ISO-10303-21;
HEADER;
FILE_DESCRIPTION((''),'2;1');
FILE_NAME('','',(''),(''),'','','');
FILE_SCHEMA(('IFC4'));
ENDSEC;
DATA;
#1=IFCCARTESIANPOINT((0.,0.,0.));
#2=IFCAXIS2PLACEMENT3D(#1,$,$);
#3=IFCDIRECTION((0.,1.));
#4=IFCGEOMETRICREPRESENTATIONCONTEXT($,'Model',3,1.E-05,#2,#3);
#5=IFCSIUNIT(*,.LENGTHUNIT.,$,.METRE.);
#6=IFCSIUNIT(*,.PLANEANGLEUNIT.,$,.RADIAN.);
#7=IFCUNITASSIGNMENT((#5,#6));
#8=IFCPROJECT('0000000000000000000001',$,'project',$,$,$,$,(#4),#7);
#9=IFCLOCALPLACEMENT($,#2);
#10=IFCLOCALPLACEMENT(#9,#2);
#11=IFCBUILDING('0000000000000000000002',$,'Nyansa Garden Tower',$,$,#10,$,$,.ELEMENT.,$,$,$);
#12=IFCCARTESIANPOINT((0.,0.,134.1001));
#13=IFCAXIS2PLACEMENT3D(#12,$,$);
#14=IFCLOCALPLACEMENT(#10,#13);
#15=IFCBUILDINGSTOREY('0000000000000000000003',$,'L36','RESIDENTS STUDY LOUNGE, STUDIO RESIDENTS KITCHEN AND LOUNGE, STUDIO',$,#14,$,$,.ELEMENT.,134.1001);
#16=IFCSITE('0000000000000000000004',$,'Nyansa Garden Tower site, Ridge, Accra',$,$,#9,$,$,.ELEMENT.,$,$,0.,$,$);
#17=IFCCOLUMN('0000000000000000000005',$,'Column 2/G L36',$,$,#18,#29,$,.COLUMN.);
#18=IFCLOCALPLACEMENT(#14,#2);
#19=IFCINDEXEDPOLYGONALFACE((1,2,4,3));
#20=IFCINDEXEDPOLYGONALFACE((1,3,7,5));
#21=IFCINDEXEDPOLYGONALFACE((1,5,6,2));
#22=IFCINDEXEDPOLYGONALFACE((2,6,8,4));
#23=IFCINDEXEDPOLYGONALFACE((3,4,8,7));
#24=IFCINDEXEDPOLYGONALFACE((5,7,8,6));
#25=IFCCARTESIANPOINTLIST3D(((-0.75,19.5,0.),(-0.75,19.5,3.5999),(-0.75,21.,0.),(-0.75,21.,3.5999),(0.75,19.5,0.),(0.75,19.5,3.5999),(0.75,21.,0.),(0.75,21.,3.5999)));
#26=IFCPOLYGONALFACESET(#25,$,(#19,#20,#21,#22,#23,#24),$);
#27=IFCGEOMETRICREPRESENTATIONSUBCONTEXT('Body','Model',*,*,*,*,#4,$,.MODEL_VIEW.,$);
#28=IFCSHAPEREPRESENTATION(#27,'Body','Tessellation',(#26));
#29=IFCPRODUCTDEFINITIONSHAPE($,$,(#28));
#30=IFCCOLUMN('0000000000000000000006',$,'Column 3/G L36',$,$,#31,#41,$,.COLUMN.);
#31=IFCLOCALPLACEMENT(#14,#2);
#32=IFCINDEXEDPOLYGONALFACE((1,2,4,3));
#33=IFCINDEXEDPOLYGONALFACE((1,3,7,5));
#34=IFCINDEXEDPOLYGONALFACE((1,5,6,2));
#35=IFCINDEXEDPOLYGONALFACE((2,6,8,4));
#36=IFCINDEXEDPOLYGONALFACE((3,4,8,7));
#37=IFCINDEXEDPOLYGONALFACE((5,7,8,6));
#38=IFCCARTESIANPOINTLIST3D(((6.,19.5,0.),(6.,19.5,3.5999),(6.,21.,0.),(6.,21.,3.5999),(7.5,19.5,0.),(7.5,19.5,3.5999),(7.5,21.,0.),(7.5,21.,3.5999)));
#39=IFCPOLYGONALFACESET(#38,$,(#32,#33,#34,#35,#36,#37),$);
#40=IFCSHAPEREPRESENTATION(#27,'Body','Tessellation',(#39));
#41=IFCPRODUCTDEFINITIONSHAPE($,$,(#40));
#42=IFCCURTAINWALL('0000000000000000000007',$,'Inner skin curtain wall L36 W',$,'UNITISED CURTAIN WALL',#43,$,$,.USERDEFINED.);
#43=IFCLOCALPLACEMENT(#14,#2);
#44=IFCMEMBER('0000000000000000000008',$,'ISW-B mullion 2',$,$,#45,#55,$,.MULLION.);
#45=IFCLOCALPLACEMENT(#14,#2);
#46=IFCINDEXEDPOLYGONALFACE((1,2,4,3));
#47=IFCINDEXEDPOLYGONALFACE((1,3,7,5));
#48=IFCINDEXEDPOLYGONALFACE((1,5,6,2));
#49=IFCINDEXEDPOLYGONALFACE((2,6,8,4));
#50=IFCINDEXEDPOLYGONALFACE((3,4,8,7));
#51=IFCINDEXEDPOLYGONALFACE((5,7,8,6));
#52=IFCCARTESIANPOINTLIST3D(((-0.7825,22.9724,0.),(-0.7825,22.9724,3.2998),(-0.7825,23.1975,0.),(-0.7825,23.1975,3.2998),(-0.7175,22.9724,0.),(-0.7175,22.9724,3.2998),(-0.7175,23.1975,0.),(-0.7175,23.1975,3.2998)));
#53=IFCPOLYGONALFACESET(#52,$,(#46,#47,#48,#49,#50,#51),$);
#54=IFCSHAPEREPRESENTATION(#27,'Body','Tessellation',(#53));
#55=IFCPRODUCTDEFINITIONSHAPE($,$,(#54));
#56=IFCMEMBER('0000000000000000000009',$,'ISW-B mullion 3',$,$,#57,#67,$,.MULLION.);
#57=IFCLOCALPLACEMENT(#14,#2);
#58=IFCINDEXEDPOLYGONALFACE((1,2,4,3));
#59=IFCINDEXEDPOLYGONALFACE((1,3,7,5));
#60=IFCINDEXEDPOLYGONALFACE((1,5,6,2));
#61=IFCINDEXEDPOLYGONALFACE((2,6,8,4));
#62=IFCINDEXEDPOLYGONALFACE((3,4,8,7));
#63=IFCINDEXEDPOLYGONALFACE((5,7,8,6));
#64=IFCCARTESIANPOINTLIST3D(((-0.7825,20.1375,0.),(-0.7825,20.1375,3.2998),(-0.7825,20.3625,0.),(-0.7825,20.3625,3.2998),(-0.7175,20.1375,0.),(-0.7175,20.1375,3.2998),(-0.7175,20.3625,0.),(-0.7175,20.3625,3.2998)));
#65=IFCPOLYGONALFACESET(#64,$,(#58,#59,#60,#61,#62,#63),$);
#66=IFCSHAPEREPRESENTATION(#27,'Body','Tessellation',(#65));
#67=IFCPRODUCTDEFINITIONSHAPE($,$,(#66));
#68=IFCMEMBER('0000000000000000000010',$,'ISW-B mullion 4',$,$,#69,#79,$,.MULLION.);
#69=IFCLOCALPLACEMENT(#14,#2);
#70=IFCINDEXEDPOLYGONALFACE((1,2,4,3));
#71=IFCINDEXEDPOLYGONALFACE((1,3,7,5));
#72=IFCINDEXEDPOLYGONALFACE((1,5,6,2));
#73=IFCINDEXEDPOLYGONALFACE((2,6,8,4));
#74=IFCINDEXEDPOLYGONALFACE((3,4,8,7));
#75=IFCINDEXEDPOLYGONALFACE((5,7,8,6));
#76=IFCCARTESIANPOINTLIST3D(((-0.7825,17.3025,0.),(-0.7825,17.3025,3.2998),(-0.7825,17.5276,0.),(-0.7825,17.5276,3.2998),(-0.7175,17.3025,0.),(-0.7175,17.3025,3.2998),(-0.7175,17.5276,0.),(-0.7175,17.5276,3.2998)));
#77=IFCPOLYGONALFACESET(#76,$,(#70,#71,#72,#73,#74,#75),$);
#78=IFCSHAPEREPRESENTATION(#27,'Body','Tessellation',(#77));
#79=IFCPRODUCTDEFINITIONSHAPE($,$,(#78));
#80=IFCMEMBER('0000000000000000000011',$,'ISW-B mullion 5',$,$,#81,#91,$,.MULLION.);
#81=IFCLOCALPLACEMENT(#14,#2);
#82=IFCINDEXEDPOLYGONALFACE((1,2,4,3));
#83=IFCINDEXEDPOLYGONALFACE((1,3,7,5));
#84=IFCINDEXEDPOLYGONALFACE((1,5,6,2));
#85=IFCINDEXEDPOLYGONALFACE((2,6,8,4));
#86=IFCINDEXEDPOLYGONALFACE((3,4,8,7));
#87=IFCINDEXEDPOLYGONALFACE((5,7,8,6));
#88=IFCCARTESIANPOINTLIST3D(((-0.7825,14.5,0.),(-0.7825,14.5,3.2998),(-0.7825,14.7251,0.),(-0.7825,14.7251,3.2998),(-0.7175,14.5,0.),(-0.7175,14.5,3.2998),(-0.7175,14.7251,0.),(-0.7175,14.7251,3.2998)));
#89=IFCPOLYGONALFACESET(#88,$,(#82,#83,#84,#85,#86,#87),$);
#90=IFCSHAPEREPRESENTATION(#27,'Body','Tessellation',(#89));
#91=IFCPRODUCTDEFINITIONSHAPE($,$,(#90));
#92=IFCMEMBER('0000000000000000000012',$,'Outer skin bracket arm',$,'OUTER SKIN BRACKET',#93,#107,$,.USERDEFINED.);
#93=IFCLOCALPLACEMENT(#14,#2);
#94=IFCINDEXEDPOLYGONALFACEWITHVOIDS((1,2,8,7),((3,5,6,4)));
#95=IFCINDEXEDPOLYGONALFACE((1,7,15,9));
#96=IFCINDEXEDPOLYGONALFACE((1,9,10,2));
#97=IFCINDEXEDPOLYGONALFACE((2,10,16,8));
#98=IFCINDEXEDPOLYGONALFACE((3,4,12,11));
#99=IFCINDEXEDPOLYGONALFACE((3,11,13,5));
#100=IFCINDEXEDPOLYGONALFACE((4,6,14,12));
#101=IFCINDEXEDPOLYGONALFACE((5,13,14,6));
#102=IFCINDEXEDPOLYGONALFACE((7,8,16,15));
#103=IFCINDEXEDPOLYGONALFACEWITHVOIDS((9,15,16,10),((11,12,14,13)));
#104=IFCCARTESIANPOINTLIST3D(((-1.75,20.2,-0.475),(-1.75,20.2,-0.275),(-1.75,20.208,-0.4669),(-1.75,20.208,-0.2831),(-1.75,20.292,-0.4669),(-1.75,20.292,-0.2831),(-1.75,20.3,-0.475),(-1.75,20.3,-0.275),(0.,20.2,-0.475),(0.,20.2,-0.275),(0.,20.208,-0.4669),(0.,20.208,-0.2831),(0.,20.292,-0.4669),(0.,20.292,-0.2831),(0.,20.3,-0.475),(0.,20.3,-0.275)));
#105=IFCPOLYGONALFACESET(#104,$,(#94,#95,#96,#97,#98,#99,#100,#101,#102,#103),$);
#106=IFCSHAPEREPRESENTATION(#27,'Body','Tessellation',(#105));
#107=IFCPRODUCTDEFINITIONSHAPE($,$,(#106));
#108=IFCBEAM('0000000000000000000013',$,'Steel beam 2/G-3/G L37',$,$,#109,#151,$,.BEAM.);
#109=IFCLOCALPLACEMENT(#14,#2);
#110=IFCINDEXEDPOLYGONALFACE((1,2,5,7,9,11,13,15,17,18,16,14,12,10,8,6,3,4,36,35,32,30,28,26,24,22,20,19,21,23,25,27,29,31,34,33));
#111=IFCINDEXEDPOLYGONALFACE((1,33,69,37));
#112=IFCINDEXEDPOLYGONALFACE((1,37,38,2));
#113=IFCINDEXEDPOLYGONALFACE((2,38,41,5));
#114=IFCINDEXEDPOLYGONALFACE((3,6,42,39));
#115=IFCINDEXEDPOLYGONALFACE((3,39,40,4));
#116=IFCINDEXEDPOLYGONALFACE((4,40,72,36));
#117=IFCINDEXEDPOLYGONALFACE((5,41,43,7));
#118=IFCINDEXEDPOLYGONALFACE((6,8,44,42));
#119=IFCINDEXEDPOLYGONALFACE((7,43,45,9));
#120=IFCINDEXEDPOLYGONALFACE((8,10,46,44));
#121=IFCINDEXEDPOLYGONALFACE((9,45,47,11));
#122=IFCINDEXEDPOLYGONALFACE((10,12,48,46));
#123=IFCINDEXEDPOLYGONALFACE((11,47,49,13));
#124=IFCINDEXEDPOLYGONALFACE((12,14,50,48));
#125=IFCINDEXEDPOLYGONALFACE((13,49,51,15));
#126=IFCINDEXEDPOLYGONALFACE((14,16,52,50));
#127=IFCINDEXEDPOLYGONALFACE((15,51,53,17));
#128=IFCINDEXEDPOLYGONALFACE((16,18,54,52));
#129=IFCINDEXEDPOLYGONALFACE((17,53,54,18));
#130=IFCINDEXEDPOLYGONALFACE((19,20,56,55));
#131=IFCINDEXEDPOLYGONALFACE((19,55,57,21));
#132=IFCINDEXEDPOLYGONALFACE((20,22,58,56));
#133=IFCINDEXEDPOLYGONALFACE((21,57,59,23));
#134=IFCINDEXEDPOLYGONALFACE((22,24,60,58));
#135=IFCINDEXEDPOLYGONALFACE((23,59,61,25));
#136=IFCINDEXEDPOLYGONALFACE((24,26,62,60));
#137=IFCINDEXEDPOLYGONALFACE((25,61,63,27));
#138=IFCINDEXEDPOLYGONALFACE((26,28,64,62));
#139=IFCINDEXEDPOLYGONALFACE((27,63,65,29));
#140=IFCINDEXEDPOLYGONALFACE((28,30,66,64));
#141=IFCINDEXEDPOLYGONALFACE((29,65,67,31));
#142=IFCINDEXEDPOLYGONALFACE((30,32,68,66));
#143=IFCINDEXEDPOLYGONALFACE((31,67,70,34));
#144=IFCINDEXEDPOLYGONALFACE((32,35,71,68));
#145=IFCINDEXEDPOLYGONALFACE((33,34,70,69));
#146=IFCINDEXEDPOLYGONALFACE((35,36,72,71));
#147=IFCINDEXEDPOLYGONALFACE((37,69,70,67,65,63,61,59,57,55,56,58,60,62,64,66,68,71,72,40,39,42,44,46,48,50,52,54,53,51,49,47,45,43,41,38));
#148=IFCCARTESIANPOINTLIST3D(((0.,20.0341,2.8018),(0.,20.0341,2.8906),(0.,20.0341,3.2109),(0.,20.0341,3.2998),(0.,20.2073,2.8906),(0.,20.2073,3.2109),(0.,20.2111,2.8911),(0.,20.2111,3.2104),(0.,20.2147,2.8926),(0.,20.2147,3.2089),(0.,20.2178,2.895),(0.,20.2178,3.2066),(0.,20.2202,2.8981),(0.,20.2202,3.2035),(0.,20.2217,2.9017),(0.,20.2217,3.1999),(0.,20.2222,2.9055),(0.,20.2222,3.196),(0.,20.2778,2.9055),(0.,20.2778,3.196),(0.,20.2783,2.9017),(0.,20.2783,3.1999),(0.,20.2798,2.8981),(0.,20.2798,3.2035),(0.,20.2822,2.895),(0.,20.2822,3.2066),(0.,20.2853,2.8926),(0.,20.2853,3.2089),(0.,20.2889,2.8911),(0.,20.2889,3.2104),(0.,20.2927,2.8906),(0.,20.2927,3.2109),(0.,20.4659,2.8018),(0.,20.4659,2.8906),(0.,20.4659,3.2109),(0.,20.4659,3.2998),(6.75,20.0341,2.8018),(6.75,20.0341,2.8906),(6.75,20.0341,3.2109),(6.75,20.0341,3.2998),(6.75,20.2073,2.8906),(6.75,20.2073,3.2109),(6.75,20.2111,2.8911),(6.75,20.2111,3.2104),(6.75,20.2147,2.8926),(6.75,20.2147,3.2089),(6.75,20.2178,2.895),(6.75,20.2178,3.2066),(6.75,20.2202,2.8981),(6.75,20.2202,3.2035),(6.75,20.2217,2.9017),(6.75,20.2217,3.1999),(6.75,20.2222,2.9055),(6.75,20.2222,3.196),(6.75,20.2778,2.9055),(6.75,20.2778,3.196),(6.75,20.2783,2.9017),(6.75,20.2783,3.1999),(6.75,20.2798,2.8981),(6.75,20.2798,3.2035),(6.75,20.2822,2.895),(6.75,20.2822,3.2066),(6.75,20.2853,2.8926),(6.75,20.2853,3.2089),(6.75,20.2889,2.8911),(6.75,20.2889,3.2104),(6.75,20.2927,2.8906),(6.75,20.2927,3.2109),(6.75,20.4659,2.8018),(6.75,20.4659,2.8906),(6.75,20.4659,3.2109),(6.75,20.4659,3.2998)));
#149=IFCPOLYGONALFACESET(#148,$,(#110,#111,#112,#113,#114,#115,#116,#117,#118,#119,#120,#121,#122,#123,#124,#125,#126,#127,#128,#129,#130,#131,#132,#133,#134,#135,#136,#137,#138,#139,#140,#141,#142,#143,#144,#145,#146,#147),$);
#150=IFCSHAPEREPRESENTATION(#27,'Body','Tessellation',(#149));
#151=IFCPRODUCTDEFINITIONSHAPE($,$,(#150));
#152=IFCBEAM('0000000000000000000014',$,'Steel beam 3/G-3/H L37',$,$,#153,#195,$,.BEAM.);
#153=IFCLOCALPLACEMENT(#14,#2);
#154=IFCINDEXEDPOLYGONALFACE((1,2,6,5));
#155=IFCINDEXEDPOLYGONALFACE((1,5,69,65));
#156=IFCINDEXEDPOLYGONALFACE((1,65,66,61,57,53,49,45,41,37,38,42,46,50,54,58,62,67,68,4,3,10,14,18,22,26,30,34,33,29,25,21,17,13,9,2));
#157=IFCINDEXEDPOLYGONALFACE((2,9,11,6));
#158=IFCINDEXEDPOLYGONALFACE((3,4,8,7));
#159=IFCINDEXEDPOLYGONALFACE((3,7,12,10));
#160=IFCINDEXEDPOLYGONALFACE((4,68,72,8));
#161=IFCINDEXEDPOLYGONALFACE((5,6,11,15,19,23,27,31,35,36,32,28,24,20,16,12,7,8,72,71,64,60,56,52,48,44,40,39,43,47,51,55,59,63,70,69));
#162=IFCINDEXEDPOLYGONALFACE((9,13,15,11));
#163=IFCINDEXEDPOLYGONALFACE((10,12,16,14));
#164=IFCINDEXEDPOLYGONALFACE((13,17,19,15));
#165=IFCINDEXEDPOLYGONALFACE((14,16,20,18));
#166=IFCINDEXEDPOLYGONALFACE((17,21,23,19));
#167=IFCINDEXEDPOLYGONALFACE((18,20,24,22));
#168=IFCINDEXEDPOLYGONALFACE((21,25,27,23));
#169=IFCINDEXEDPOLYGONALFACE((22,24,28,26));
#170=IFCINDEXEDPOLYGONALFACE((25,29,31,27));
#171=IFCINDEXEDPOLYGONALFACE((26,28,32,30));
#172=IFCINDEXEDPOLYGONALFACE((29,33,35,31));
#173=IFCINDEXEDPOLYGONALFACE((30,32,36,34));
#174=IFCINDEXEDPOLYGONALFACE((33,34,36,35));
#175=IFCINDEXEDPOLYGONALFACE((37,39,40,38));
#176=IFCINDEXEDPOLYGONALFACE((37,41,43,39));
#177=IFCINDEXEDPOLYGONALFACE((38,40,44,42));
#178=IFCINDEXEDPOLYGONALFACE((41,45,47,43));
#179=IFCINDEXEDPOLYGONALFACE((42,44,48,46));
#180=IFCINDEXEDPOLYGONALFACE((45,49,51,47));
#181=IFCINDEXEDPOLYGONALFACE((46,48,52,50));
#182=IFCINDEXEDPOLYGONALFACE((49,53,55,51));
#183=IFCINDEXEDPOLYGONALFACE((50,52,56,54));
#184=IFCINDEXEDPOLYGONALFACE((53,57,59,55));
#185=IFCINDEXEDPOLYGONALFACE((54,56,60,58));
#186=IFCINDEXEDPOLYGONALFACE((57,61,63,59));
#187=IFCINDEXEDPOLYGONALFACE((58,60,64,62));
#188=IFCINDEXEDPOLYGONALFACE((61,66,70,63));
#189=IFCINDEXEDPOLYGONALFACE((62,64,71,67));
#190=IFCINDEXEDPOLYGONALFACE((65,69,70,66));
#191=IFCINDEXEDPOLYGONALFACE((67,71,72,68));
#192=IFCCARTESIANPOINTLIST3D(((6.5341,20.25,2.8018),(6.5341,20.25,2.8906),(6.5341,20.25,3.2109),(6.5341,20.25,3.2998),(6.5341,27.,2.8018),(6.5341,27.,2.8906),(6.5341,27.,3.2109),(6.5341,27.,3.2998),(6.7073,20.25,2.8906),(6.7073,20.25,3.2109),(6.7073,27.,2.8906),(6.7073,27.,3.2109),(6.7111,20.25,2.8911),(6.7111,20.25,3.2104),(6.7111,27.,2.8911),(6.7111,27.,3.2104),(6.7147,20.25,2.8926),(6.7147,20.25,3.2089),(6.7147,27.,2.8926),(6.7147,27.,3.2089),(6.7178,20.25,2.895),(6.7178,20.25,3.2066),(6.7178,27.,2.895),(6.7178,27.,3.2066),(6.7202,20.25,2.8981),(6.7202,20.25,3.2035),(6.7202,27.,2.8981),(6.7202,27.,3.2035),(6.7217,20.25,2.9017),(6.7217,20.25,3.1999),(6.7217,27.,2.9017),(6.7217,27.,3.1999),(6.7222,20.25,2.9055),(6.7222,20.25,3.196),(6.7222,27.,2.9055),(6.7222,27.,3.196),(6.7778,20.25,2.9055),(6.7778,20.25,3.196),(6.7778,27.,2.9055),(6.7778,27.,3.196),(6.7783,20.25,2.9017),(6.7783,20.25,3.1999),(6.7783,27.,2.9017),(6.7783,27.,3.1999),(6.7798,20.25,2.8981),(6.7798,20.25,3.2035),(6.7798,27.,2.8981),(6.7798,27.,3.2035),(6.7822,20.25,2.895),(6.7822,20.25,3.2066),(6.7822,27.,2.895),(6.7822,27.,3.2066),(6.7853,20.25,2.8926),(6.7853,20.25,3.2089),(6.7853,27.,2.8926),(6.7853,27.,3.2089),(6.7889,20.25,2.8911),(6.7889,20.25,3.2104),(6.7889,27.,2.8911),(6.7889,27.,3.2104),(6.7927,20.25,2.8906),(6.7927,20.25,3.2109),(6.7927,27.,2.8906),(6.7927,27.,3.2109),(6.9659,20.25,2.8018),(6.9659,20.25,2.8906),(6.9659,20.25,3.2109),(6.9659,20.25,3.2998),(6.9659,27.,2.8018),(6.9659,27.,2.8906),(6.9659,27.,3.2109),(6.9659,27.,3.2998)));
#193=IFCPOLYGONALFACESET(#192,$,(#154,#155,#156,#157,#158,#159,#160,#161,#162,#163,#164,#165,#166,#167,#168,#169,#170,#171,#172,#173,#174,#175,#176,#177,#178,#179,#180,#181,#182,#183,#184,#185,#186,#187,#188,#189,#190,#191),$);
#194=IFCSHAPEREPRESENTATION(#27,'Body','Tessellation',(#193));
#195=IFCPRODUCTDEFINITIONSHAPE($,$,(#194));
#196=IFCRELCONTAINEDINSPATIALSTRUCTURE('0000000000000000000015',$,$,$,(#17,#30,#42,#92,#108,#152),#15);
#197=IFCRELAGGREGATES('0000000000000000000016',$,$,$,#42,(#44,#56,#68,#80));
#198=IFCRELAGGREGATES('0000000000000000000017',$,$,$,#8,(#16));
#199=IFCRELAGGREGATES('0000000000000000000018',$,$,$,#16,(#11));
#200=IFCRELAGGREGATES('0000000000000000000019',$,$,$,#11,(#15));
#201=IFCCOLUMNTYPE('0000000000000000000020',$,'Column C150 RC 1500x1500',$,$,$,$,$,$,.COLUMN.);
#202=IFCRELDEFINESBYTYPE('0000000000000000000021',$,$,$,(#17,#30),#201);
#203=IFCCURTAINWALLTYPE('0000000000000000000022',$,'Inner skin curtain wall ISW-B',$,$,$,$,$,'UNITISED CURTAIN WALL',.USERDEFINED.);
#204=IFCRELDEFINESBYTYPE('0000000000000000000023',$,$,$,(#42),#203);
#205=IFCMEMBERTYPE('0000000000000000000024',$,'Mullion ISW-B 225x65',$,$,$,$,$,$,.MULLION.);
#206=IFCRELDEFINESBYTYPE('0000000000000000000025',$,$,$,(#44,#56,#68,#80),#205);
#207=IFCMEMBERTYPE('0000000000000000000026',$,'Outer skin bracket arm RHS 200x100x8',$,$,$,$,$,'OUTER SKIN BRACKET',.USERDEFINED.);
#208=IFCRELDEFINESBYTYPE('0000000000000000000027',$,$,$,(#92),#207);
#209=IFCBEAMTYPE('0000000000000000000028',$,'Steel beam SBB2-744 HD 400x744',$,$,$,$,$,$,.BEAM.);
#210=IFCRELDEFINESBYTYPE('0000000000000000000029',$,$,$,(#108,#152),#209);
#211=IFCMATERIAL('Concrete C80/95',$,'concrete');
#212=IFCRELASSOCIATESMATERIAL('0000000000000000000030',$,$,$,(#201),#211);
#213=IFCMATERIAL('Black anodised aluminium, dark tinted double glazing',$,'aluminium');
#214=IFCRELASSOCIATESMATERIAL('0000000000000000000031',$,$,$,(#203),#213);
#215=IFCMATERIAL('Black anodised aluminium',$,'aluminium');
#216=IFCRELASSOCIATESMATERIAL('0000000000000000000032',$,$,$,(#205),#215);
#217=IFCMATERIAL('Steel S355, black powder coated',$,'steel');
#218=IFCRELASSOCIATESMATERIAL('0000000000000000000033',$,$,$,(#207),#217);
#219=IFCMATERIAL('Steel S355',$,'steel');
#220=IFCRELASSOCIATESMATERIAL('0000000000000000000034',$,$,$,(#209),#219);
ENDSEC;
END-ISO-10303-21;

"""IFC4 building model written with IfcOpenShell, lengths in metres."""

from ifc_helpers import new_model, si_unit, direction, frame, origin, origin_2d, place, context, subcontext, project, spatial, rectangle, hollow_rectangle, i_section, extrude, material, material_profile, profile_set, type_object, element, aggregate, save


model = new_model("IFC4")

# Units and contexts
model_context = context("Model", 3, precision=1e-05, world=origin(), true_north=direction((0.0, 1.0)))
body_context = subcontext(model_context, "Body", "Model", "MODEL_VIEW")
ifc_project = project(units=[si_unit("LENGTHUNIT", "METRE"), si_unit("PLANEANGLEUNIT", "RADIAN")], contexts=[model_context])

# Site, building, storey
site_placement = place(None, origin())
site = spatial("IfcSite", under=ifc_project, at=site_placement, Name="Nyansa Garden Tower site, Ridge, Accra", CompositionType="ELEMENT", RefElevation=0.0)
building_placement = place(site_placement, origin())
building = spatial("IfcBuilding", under=site, at=building_placement, Name="Nyansa Garden Tower", CompositionType="ELEMENT")
storey_placement = place(building_placement, frame((0.0, 0.0, 134.1001)))
storey = spatial("IfcBuildingStorey", under=building, at=storey_placement, Name="L36", Description="RESIDENTS STUDY LOUNGE, STUDIO RESIDENTS KITCHEN AND LOUNGE, STUDIO", CompositionType="ELEMENT", Elevation=134.1001)

# Columns
ifc_material_1 = material(Name="Concrete C80/95", Category="concrete")
ifc_material_profile_1 = material_profile(ifc_material_1, rectangle(XDim=1.5, YDim=1.5, at=origin_2d()), Name="RC 1500x1500")
ifc_profile_set_1 = profile_set([ifc_material_profile_1], Name="Concrete C80/95")
column_type = type_object("IfcColumnType", Name="Column C150 RC 1500x1500", PredefinedType="COLUMN", material=ifc_profile_set_1)
for number, where, z_axis, x_axis, name in (
    (1, (0.0, 20.25, 0.0), (0.0, 0.0, 1.0), (1.0, 0.0, 0.0), "Column 2/G L36"),
    (2, (6.75, 20.25, 0.0), (0.0, 0.0, 1.0), (1.0, 0.0, 0.0), "Column 3/G L36"),
):
    element("IfcColumn", number, at=place(storey_placement, frame(where, z_axis=z_axis, x_axis=x_axis)), inside=storey, type_object=column_type, Name=name, PredefinedType="COLUMN", context=body_context, shape_type="SweptSolid", body=[
        extrude(rectangle(XDim=1.5, YDim=1.5, at=origin_2d()), origin(), (0.0, 0.0, 1.0), 3.5999),
    ])

# Curtain wall, members
ifc_material_2 = material(Name="Black anodised aluminium, dark tinted double glazing", Category="aluminium")
curtain_wall_type = type_object("IfcCurtainWallType", Name="Inner skin curtain wall ISW-B", ElementType="UNITISED CURTAIN WALL", PredefinedType="USERDEFINED", material=ifc_material_2)
curtain_wall_placement = place(storey_placement, origin())
curtain_wall = element("IfcCurtainWall", 3, at=curtain_wall_placement, inside=storey, type_object=curtain_wall_type, Name="Inner skin curtain wall L36 W", ObjectType="UNITISED CURTAIN WALL", PredefinedType="USERDEFINED")
ifc_material_3 = material(Name="Black anodised aluminium", Category="aluminium")
ifc_material_profile_2 = material_profile(ifc_material_3, rectangle(XDim=0.0649, YDim=0.2251, at=origin_2d()), Name="Mullion 225x65")
ifc_profile_set_2 = profile_set([ifc_material_profile_2], Name="Black anodised aluminium")
member_type_1 = type_object("IfcMemberType", Name="Mullion ISW-B 225x65", PredefinedType="MULLION", material=ifc_profile_set_2)
member_1_placement = place(storey_placement, frame((-0.75, 23.085, 0.0), z_axis=(0.0, 0.0, 1.0), x_axis=(1.0, 0.0, 0.0)))
member_1 = element("IfcMember", 4, at=member_1_placement, type_object=member_type_1, Name="ISW-B mullion 2", PredefinedType="MULLION", context=body_context, shape_type="SweptSolid", body=[
    extrude(rectangle(XDim=0.0649, YDim=0.2251, at=origin_2d()), origin(), (0.0, 0.0, 1.0), 3.2998),
])
member_2_placement = place(storey_placement, frame((-0.75, 20.25, 0.0), z_axis=(0.0, 0.0, 1.0), x_axis=(1.0, 0.0, 0.0)))
member_2 = element("IfcMember", 5, at=member_2_placement, type_object=member_type_1, Name="ISW-B mullion 3", PredefinedType="MULLION", context=body_context, shape_type="SweptSolid", body=[
    extrude(rectangle(XDim=0.0649, YDim=0.2251, at=origin_2d()), origin(), (0.0, 0.0, 1.0), 3.2998),
])
member_3_placement = place(storey_placement, frame((-0.75, 17.415, 0.0), z_axis=(0.0, 0.0, 1.0), x_axis=(1.0, 0.0, 0.0)))
member_3 = element("IfcMember", 6, at=member_3_placement, type_object=member_type_1, Name="ISW-B mullion 4", PredefinedType="MULLION", context=body_context, shape_type="SweptSolid", body=[
    extrude(rectangle(XDim=0.0649, YDim=0.2251, at=origin_2d()), origin(), (0.0, 0.0, 1.0), 3.2998),
])
member_4_placement = place(storey_placement, frame((-0.75, 14.6125, 0.0), z_axis=(0.0, 0.0, 1.0), x_axis=(1.0, 0.0, 0.0)))
member_4 = element("IfcMember", 7, at=member_4_placement, type_object=member_type_1, Name="ISW-B mullion 5", PredefinedType="MULLION", context=body_context, shape_type="SweptSolid", body=[
    extrude(rectangle(XDim=0.0649, YDim=0.2251, at=origin_2d()), origin(), (0.0, 0.0, 1.0), 3.2998),
])

# Member
ifc_material_4 = material(Name="Steel S355, black powder coated", Category="steel")
ifc_material_profile_3 = material_profile(ifc_material_4, hollow_rectangle(XDim=0.1001, YDim=0.2, WallThickness=0.0081, at=origin_2d()), Name="RHS 200x100x8")
ifc_profile_set_3 = profile_set([ifc_material_profile_3], Name="Steel S355, black powder coated")
member_type_2 = type_object("IfcMemberType", Name="Outer skin bracket arm RHS 200x100x8", ElementType="OUTER SKIN BRACKET", PredefinedType="USERDEFINED", material=ifc_profile_set_3)
member_5_placement = place(storey_placement, frame((0.0, 20.25, -0.375), z_axis=(-1.0, 0.0, 0.0), x_axis=(0.0, -1.0, 0.0)))
element("IfcMember", 8, at=member_5_placement, inside=storey, type_object=member_type_2, Name="Outer skin bracket arm", ObjectType="OUTER SKIN BRACKET", PredefinedType="USERDEFINED", context=body_context, shape_type="SweptSolid", body=[
    extrude(hollow_rectangle(XDim=0.1001, YDim=0.2, WallThickness=0.0081, at=origin_2d()), origin(), (0.0, 0.0, 1.0), 1.75),
])

# Beams
ifc_material_5 = material(Name="Steel S355", Category="steel")
ifc_material_profile_4 = material_profile(ifc_material_5, i_section(OverallWidth=0.4319, OverallDepth=0.498, WebThickness=0.0557, FlangeThickness=0.0889, FilletRadius=0.0149, at=origin_2d()), Name="HD 400x744")
ifc_profile_set_4 = profile_set([ifc_material_profile_4], Name="Steel S355")
beam_type_1 = type_object("IfcBeamType", Name="Steel beam SBB2-744 HD 400x744", PredefinedType="BEAM", material=ifc_profile_set_4)
for number, where, z_axis, x_axis, name in (
    (9, (0.0, 20.25, 3.0508), (1.0, 0.0, 0.0), (0.0, 1.0, 0.0), "Steel beam 2/G-3/G L37"),
    (10, (6.75, 20.25, 3.0508), (0.0, 1.0, 0.0), (-1.0, 0.0, 0.0), "Steel beam 3/G-3/H L37"),
):
    element("IfcBeam", number, at=place(storey_placement, frame(where, z_axis=z_axis, x_axis=x_axis)), inside=storey, type_object=beam_type_1, Name=name, PredefinedType="BEAM", context=body_context, shape_type="SweptSolid", body=[
        extrude(i_section(OverallWidth=0.4319, OverallDepth=0.498, WebThickness=0.0557, FlangeThickness=0.0889, FilletRadius=0.0149, at=origin_2d()), origin(), (0.0, 0.0, 1.0), 6.75),
    ])

aggregate(curtain_wall, [member_1, member_2, member_3, member_4])

save(model, "model.ifc")
